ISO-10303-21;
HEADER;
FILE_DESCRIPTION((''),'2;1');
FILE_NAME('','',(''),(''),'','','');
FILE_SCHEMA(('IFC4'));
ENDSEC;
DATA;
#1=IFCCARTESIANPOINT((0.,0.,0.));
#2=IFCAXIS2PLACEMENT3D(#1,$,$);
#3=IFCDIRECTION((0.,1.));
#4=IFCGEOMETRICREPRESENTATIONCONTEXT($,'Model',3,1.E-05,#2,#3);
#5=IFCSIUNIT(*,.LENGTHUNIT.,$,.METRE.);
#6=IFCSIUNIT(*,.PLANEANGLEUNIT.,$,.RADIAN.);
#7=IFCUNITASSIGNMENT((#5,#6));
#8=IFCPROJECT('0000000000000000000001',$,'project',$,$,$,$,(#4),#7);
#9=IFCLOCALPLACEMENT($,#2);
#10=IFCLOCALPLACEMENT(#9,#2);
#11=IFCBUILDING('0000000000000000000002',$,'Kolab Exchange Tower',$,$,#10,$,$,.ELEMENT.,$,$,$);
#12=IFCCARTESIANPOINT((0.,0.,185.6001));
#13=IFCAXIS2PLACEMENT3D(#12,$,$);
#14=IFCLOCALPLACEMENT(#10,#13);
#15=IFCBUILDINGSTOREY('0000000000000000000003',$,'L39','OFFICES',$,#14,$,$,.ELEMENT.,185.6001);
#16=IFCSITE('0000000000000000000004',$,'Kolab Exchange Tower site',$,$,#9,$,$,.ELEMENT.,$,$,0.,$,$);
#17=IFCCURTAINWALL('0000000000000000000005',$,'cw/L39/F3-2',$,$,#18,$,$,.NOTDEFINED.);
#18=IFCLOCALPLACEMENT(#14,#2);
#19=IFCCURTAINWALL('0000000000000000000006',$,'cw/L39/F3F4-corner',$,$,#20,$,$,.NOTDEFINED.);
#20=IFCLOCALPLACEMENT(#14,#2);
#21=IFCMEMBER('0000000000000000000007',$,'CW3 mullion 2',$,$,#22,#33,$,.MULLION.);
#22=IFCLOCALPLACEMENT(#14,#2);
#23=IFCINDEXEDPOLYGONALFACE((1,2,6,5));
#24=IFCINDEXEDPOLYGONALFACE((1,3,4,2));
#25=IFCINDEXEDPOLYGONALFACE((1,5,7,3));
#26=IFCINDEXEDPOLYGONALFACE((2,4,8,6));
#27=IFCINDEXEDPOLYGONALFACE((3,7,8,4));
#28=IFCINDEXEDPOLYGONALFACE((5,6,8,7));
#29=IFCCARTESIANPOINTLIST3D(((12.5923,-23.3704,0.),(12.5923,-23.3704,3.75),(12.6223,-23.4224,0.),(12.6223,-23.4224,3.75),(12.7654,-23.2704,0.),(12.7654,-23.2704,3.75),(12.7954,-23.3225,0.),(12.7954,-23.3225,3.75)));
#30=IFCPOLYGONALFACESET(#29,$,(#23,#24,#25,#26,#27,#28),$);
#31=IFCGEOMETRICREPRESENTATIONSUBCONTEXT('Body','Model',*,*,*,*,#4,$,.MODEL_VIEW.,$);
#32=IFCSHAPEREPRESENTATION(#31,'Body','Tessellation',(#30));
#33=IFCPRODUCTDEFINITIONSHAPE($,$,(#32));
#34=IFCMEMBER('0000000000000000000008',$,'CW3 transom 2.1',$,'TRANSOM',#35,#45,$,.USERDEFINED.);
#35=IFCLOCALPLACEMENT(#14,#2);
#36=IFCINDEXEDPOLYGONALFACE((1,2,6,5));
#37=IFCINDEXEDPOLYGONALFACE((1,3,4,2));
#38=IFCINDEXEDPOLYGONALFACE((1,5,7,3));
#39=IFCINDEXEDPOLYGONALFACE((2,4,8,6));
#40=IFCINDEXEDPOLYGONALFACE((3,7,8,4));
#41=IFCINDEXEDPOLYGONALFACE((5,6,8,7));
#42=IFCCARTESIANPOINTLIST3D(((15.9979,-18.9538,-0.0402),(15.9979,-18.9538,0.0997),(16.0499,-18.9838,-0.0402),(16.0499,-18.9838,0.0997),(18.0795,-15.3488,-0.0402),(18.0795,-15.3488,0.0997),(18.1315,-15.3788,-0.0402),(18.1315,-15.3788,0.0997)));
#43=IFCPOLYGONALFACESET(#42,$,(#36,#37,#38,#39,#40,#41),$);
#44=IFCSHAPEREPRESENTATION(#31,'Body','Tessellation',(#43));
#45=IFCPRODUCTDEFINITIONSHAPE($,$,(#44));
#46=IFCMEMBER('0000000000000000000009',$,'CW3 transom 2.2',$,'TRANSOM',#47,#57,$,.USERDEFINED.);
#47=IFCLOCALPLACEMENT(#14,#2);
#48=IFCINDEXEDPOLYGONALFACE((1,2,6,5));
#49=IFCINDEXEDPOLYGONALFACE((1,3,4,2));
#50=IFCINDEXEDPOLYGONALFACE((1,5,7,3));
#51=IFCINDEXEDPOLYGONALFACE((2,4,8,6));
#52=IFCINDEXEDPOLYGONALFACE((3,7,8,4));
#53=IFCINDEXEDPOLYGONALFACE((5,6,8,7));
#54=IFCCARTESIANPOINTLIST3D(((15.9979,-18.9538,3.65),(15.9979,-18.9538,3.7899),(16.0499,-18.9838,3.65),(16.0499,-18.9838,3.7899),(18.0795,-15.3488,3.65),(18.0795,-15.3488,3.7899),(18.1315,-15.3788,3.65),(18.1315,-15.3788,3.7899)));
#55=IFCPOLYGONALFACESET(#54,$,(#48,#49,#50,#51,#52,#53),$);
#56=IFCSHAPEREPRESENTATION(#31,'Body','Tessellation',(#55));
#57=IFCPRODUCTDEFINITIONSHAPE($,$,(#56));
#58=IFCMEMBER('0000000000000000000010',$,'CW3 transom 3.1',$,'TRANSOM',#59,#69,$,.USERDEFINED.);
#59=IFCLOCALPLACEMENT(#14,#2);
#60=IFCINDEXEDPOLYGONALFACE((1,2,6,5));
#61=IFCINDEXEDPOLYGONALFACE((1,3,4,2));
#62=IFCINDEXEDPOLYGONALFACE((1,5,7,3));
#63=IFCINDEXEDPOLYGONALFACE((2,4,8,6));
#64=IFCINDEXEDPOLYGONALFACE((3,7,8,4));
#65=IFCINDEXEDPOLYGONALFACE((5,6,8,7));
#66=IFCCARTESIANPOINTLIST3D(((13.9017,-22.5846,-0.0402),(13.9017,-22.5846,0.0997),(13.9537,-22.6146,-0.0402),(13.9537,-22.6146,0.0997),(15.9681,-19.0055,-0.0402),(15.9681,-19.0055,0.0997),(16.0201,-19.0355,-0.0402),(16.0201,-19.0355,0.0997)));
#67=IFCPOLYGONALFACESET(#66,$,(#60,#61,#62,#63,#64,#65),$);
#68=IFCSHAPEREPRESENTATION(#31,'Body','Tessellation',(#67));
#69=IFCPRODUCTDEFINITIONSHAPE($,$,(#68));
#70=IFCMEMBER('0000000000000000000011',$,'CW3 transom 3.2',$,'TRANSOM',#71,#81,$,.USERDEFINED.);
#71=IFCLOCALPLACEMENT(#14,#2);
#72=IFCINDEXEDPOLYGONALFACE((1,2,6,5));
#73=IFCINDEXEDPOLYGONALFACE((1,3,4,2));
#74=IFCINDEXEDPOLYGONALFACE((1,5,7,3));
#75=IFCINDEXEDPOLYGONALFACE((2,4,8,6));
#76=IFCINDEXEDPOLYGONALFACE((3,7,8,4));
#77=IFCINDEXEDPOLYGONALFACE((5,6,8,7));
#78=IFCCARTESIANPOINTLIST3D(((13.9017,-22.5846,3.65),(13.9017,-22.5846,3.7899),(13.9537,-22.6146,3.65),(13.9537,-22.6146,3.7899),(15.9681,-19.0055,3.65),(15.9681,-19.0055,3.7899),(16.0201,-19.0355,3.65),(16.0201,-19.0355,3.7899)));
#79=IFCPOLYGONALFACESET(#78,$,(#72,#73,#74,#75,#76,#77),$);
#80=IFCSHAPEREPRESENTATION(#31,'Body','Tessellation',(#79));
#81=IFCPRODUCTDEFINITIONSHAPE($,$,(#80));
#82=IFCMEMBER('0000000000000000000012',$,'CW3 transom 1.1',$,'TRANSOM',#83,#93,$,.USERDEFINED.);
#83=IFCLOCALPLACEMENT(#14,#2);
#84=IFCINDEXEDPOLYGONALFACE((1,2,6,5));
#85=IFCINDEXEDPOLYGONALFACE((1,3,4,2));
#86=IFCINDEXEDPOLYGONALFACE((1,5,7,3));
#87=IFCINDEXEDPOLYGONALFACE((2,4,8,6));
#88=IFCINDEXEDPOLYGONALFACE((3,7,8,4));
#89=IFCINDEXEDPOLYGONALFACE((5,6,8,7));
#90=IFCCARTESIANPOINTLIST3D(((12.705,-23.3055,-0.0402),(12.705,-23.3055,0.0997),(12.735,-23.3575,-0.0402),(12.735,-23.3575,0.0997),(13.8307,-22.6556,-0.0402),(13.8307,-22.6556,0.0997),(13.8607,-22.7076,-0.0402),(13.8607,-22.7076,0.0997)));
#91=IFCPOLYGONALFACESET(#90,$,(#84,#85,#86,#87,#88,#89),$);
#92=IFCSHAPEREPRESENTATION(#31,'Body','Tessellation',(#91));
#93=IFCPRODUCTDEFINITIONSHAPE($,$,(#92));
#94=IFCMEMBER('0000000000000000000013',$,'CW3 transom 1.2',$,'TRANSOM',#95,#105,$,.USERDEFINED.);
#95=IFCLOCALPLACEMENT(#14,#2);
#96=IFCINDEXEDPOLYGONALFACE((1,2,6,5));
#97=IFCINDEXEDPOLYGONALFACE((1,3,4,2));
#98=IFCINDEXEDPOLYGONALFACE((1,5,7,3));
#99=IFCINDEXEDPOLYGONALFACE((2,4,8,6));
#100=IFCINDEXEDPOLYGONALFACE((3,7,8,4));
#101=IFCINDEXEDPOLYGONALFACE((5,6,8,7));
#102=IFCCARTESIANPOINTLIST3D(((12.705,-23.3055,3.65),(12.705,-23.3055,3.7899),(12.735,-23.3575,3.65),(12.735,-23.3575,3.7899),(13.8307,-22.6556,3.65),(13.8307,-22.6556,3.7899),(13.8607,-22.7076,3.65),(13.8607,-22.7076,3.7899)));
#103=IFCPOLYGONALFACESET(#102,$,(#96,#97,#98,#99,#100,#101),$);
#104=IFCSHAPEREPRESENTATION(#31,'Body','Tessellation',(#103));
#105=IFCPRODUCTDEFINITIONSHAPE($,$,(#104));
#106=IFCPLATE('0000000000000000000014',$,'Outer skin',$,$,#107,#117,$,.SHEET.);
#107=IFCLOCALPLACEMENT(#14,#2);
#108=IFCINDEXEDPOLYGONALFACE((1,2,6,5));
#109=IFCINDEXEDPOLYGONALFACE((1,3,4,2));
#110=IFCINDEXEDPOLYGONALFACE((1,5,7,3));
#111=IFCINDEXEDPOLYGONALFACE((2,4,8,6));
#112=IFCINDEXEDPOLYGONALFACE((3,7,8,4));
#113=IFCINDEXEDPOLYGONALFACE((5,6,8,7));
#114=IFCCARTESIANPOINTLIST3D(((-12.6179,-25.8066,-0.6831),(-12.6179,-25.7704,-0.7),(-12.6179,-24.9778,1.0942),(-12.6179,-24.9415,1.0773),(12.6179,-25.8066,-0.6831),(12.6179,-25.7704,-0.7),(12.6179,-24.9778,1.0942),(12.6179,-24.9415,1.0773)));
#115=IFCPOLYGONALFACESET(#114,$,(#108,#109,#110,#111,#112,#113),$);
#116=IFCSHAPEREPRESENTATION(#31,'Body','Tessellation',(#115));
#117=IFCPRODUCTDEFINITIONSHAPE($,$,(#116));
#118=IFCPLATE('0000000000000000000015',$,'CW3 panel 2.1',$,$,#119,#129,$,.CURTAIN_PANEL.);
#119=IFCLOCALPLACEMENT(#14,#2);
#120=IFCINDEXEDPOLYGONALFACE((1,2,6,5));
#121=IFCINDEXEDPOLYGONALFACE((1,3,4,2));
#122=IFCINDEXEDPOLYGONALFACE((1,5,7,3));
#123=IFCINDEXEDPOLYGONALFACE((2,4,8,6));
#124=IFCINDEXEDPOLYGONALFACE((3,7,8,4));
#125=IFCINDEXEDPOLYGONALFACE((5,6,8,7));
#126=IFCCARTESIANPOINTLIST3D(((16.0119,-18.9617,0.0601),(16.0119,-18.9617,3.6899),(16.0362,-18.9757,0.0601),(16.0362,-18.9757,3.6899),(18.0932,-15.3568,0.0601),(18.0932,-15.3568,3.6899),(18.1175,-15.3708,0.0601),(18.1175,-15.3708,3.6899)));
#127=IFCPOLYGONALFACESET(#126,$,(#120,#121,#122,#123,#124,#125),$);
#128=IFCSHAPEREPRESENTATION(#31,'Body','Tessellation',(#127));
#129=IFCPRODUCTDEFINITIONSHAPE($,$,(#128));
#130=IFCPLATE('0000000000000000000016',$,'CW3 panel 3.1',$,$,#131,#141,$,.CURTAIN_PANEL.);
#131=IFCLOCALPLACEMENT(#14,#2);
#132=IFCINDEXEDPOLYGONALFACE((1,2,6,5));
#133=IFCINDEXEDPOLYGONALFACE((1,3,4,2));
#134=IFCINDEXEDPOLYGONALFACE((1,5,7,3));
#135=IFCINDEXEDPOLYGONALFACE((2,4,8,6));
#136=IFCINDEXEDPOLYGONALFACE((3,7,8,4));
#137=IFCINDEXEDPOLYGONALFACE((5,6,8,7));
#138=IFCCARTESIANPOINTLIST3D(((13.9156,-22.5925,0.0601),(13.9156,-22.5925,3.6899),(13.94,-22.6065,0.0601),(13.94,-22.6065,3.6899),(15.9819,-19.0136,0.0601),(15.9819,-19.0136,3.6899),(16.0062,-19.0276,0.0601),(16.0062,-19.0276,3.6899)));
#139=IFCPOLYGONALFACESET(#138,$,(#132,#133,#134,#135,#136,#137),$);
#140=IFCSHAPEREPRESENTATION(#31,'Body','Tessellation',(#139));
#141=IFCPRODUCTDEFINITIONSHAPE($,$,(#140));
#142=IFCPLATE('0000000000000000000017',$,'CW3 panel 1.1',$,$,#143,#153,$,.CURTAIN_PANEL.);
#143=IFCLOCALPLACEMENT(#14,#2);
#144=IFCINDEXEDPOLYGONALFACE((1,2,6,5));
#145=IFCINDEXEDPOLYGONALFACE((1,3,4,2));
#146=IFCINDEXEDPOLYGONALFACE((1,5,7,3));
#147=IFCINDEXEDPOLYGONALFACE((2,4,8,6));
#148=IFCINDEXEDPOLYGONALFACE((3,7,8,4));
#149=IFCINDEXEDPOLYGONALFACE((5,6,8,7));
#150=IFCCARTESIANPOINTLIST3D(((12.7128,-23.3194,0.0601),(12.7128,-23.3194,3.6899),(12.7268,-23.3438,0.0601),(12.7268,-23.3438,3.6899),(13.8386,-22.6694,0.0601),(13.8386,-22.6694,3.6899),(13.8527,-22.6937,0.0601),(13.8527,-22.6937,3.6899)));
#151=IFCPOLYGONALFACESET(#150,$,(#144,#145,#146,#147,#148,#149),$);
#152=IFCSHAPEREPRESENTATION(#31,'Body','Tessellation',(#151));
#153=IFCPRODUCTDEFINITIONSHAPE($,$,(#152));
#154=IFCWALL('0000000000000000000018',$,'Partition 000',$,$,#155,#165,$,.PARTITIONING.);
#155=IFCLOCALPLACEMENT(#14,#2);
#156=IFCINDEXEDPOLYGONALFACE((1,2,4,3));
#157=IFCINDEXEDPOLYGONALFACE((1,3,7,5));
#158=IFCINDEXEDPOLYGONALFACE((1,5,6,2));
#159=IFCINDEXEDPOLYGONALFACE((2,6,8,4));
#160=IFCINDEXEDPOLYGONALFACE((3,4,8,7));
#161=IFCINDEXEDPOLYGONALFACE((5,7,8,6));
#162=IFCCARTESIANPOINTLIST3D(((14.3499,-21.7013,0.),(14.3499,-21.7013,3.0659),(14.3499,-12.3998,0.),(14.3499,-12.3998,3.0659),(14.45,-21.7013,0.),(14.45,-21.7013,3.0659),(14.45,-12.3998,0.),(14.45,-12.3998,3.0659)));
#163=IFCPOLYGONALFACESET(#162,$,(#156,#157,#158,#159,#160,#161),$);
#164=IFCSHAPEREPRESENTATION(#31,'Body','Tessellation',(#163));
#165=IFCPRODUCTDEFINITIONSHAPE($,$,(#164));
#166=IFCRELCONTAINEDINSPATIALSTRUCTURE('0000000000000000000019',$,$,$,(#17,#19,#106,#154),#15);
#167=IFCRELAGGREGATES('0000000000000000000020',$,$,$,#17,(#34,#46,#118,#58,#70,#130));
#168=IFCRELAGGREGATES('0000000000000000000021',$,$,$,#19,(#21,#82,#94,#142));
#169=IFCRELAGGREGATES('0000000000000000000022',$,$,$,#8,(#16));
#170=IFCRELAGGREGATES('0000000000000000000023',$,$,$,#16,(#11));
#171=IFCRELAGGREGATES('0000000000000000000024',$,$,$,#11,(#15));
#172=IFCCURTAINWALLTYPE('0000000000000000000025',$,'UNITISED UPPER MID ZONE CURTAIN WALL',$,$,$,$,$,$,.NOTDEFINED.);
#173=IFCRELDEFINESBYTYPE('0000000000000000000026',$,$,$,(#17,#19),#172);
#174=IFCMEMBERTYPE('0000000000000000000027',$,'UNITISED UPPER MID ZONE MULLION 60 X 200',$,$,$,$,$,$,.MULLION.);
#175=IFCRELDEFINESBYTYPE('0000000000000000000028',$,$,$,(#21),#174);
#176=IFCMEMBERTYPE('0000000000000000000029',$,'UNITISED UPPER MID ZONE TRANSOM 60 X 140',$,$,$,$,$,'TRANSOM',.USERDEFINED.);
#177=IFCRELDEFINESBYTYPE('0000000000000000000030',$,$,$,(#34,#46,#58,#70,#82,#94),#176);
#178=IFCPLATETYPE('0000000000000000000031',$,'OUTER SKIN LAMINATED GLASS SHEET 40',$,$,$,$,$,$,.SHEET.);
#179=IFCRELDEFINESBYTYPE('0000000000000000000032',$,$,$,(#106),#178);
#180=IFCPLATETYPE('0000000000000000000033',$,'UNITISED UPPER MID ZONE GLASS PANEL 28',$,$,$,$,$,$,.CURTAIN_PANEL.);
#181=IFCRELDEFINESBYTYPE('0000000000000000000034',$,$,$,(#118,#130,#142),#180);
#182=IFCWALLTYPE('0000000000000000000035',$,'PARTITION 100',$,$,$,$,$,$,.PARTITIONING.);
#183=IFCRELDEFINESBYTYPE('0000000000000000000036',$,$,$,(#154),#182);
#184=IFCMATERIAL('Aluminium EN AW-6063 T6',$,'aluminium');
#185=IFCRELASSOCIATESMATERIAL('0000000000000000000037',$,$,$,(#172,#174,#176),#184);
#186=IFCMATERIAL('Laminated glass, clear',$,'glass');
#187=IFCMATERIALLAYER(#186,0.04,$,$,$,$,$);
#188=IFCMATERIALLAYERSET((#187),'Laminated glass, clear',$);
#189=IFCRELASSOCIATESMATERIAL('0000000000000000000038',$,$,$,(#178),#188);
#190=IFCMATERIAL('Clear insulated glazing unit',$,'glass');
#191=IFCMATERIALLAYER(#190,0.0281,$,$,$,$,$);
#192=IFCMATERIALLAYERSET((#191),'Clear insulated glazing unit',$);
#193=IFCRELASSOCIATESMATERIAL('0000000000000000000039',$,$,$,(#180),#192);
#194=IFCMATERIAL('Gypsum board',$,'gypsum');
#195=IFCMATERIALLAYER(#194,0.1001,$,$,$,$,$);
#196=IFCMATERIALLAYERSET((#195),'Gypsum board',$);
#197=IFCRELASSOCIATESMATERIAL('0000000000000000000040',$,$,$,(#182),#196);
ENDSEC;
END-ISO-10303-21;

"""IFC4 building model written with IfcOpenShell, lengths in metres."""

from ifc_helpers import new_model, si_unit, direction, frame, frame_2d, origin, origin_2d, place, context, subcontext, project, spatial, polyline, rectangle, outline, extrude, material, layer, layer_set, material_profile, profile_set, type_object, element, aggregate, save


model = new_model("IFC4")

# Units and contexts
model_context = context("Model", 3, precision=1e-05, world=origin(), true_north=direction((0.0, 1.0)))
body_context = subcontext(model_context, "Body", "Model", "MODEL_VIEW")
ifc_project = project(units=[si_unit("LENGTHUNIT", "METRE"), si_unit("PLANEANGLEUNIT", "RADIAN")], contexts=[model_context])

# Site, building, storey
site_placement = place(None, origin())
site = spatial("IfcSite", under=ifc_project, at=site_placement, Name="Kolab Exchange Tower site", CompositionType="ELEMENT", RefElevation=0.0)
building_placement = place(site_placement, origin())
building = spatial("IfcBuilding", under=site, at=building_placement, Name="Kolab Exchange Tower", CompositionType="ELEMENT")
storey_placement = place(building_placement, frame((0.0, 0.0, 185.6001)))
storey = spatial("IfcBuildingStorey", under=building, at=storey_placement, Name="L39", Description="OFFICES", CompositionType="ELEMENT", Elevation=185.6001)

# Curtain wall
ifc_material_1 = material(Name="Aluminium EN AW-6063 T6", Category="aluminium")
curtain_wall_type = type_object("IfcCurtainWallType", Name="UNITISED UPPER MID ZONE CURTAIN WALL", PredefinedType="NOTDEFINED", material=ifc_material_1)
curtain_wall_1_placement = place(storey_placement, origin())
curtain_wall_1 = element("IfcCurtainWall", 1, at=curtain_wall_1_placement, inside=storey, type_object=curtain_wall_type, Name="cw/L39/F3-2", PredefinedType="NOTDEFINED")
ifc_material_profile_1 = material_profile(ifc_material_1, rectangle(XDim=0.0601, YDim=0.2, at=origin_2d()), Name="RECT 60X200")
ifc_profile_set_1 = profile_set([ifc_material_profile_1], Name="Aluminium EN AW-6063 T6")
member_type_1 = type_object("IfcMemberType", Name="UNITISED UPPER MID ZONE MULLION 60 X 200", PredefinedType="MULLION", material=ifc_profile_set_1)

# Curtain wall, member
curtain_wall_2_placement = place(storey_placement, origin())
curtain_wall_2 = element("IfcCurtainWall", 2, at=curtain_wall_2_placement, inside=storey, type_object=curtain_wall_type, Name="cw/L39/F3F4-corner", PredefinedType="NOTDEFINED")
member_1_placement = place(storey_placement, frame((12.6938, -23.3464, 0.0), z_axis=(0.0, 0.0, 1.0), x_axis=(0.5, -0.866025, 0.0)))
member_1 = element("IfcMember", 3, at=member_1_placement, type_object=member_type_1, Name="CW3 mullion 2", PredefinedType="MULLION", context=body_context, shape_type="SweptSolid", body=[
    extrude(rectangle(XDim=0.0601, YDim=0.2, at=origin_2d()), origin(), (0.0, 0.0, 1.0), 3.75),
])

# Members
ifc_material_profile_2 = material_profile(ifc_material_1, rectangle(XDim=0.0601, YDim=0.1399, at=origin_2d()), Name="RECT 60X140")
ifc_profile_set_2 = profile_set([ifc_material_profile_2], Name="Aluminium EN AW-6063 T6")
member_type_2 = type_object("IfcMemberType", Name="UNITISED UPPER MID ZONE TRANSOM 60 X 140", ElementType="TRANSOM", PredefinedType="USERDEFINED", material=ifc_profile_set_2)
member_2_placement = place(storey_placement, frame((18.1055, -15.3638, 0.0298), z_axis=(-0.500037, -0.866004, 0.0), x_axis=(0.866004, -0.500037, 0.0)))
member_2 = element("IfcMember", 4, at=member_2_placement, type_object=member_type_2, Name="CW3 transom 2.1", ObjectType="TRANSOM", PredefinedType="USERDEFINED", context=body_context, shape_type="SweptSolid", body=[
    extrude(rectangle(XDim=0.0601, YDim=0.1399, at=origin_2d()), origin(), (0.0, 0.0, 1.0), 4.1628),
])
member_3_placement = place(storey_placement, frame((18.1055, -15.3638, 3.72), z_axis=(-0.500037, -0.866004, 0.0), x_axis=(0.866004, -0.500037, 0.0)))
member_3 = element("IfcMember", 5, at=member_3_placement, type_object=member_type_2, Name="CW3 transom 2.2", ObjectType="TRANSOM", PredefinedType="USERDEFINED", context=body_context, shape_type="SweptSolid", body=[
    extrude(rectangle(XDim=0.0601, YDim=0.1399, at=origin_2d()), origin(), (0.0, 0.0, 1.0), 4.1628),
])
member_4_placement = place(storey_placement, frame((15.9941, -19.0205, 0.0298), z_axis=(-0.500002, -0.866024, 0.0), x_axis=(0.866024, -0.500002, 0.0)))
member_4 = element("IfcMember", 6, at=member_4_placement, type_object=member_type_2, Name="CW3 transom 3.1", ObjectType="TRANSOM", PredefinedType="USERDEFINED", context=body_context, shape_type="SweptSolid", body=[
    extrude(rectangle(XDim=0.0601, YDim=0.1399, at=origin_2d()), origin(), (0.0, 0.0, 1.0), 4.1328),
])
member_5_placement = place(storey_placement, frame((15.9941, -19.0205, 3.72), z_axis=(-0.500002, -0.866024, 0.0), x_axis=(0.866024, -0.500002, 0.0)))
member_5 = element("IfcMember", 7, at=member_5_placement, type_object=member_type_2, Name="CW3 transom 3.2", ObjectType="TRANSOM", PredefinedType="USERDEFINED", context=body_context, shape_type="SweptSolid", body=[
    extrude(rectangle(XDim=0.0601, YDim=0.1399, at=origin_2d()), origin(), (0.0, 0.0, 1.0), 4.1328),
])
member_6_placement = place(storey_placement, frame((13.8457, -22.6816, 0.0298), z_axis=(-0.866039, -0.499977, 0.0), x_axis=(0.499977, -0.866039, 0.0)))
member_6 = element("IfcMember", 8, at=member_6_placement, type_object=member_type_2, Name="CW3 transom 1.1", ObjectType="TRANSOM", PredefinedType="USERDEFINED", context=body_context, shape_type="SweptSolid", body=[
    extrude(rectangle(XDim=0.0601, YDim=0.1399, at=origin_2d()), origin(), (0.0, 0.0, 1.0), 1.2998),
])
member_7_placement = place(storey_placement, frame((13.8457, -22.6816, 3.72), z_axis=(-0.866039, -0.499977, 0.0), x_axis=(0.499977, -0.866039, 0.0)))
member_7 = element("IfcMember", 9, at=member_7_placement, type_object=member_type_2, Name="CW3 transom 1.2", ObjectType="TRANSOM", PredefinedType="USERDEFINED", context=body_context, shape_type="SweptSolid", body=[
    extrude(rectangle(XDim=0.0601, YDim=0.1399, at=origin_2d()), origin(), (0.0, 0.0, 1.0), 1.2998),
])

# Plates
ifc_material_2 = material(Name="Laminated glass, clear", Category="glass")
ifc_layer_1 = layer(ifc_material_2, 0.04)
ifc_layer_set_1 = layer_set([ifc_layer_1], Name="Laminated glass, clear")
plate_type_1 = type_object("IfcPlateType", Name="OUTER SKIN LAMINATED GLASS SHEET 40", PredefinedType="SHEET", material=ifc_layer_set_1)
plate_1_placement = place(storey_placement, frame((12.6179, -25.8066, -0.6831), z_axis=(0.0, -0.906294, 0.422647), x_axis=(-1.0, 0.0, 0.0)))
element("IfcPlate", 10, at=plate_1_placement, inside=storey, type_object=plate_type_1, Name="Outer skin", PredefinedType="SHEET", context=body_context, shape_type="SweptSolid", body=[
    extrude(outline(polyline([(0.0, 0.0), (25.2358, 0.0), (25.2358, -1.9611), (0.0, -1.9611), (0.0, 0.0)])), origin(), (0.0, 0.0, -1.0), 0.04),
])
ifc_material_3 = material(Name="Clear insulated glazing unit", Category="glass")
ifc_layer_2 = layer(ifc_material_3, 0.0281)
ifc_layer_set_2 = layer_set([ifc_layer_2], Name="Clear insulated glazing unit")
plate_type_2 = type_object("IfcPlateType", Name="UNITISED UPPER MID ZONE GLASS PANEL 28", PredefinedType="CURTAIN_PANEL", material=ifc_layer_set_2)
plate_2_placement = place(storey_placement, frame((17.0647, -17.1663, 0.0601), z_axis=(0.0, 0.0, 1.0), x_axis=(-0.5, -0.866025, 0.0)))
plate_2 = element("IfcPlate", 11, at=plate_2_placement, type_object=plate_type_2, Name="CW3 panel 2.1", PredefinedType="CURTAIN_PANEL", context=body_context, shape_type="SweptSolid", body=[
    extrude(rectangle(XDim=4.1626, YDim=0.0281, at=origin_2d()), origin(), (0.0, 0.0, 1.0), 3.6299),
])
plate_3_placement = place(storey_placement, frame((14.9609, -20.8101, 0.0601), z_axis=(0.0, 0.0, 1.0), x_axis=(-0.5, -0.866025, 0.0)))
plate_3 = element("IfcPlate", 12, at=plate_3_placement, type_object=plate_type_2, Name="CW3 panel 3.1", PredefinedType="CURTAIN_PANEL", context=body_context, shape_type="SweptSolid", body=[
    extrude(rectangle(XDim=4.1326, YDim=0.0281, at=origin_2d()), origin(), (0.0, 0.0, 1.0), 3.6299),
])
aggregate(curtain_wall_1, [member_2, member_3, plate_2, member_4, member_5, plate_3])
plate_4_placement = place(storey_placement, frame((13.2827, -23.0066, 0.0601), z_axis=(0.0, 0.0, 1.0), x_axis=(-0.866025, -0.5, 0.0)))
plate_4 = element("IfcPlate", 13, at=plate_4_placement, type_object=plate_type_2, Name="CW3 panel 1.1", PredefinedType="CURTAIN_PANEL", context=body_context, shape_type="SweptSolid", body=[
    extrude(rectangle(XDim=1.3, YDim=0.0281, at=origin_2d()), origin(), (0.0, 0.0, 1.0), 3.6299),
])
aggregate(curtain_wall_2, [member_1, member_6, member_7, plate_4])

# Wall
ifc_material_4 = material(Name="Gypsum board", Category="gypsum")
ifc_layer_3 = layer(ifc_material_4, 0.1001)
ifc_layer_set_3 = layer_set([ifc_layer_3], Name="Gypsum board")
wall_type = type_object("IfcWallType", Name="PARTITION 100", PredefinedType="PARTITIONING", material=ifc_layer_set_3)
wall_placement = place(storey_placement, frame((14.3999, -21.7014, 0.0), z_axis=(0.0, 0.0, 1.0), x_axis=(0.0, 1.0, 0.0)))
element("IfcWall", 14, at=wall_placement, inside=storey, type_object=wall_type, Name="Partition 000", PredefinedType="PARTITIONING", context=body_context, shape_type="SweptSolid", body=[
    extrude(rectangle(XDim=9.3015, YDim=0.1001, at=frame_2d((4.6509, 0.0))), origin(), (0.0, 0.0, 1.0), 3.0659),
])

save(model, "model.ifc")
